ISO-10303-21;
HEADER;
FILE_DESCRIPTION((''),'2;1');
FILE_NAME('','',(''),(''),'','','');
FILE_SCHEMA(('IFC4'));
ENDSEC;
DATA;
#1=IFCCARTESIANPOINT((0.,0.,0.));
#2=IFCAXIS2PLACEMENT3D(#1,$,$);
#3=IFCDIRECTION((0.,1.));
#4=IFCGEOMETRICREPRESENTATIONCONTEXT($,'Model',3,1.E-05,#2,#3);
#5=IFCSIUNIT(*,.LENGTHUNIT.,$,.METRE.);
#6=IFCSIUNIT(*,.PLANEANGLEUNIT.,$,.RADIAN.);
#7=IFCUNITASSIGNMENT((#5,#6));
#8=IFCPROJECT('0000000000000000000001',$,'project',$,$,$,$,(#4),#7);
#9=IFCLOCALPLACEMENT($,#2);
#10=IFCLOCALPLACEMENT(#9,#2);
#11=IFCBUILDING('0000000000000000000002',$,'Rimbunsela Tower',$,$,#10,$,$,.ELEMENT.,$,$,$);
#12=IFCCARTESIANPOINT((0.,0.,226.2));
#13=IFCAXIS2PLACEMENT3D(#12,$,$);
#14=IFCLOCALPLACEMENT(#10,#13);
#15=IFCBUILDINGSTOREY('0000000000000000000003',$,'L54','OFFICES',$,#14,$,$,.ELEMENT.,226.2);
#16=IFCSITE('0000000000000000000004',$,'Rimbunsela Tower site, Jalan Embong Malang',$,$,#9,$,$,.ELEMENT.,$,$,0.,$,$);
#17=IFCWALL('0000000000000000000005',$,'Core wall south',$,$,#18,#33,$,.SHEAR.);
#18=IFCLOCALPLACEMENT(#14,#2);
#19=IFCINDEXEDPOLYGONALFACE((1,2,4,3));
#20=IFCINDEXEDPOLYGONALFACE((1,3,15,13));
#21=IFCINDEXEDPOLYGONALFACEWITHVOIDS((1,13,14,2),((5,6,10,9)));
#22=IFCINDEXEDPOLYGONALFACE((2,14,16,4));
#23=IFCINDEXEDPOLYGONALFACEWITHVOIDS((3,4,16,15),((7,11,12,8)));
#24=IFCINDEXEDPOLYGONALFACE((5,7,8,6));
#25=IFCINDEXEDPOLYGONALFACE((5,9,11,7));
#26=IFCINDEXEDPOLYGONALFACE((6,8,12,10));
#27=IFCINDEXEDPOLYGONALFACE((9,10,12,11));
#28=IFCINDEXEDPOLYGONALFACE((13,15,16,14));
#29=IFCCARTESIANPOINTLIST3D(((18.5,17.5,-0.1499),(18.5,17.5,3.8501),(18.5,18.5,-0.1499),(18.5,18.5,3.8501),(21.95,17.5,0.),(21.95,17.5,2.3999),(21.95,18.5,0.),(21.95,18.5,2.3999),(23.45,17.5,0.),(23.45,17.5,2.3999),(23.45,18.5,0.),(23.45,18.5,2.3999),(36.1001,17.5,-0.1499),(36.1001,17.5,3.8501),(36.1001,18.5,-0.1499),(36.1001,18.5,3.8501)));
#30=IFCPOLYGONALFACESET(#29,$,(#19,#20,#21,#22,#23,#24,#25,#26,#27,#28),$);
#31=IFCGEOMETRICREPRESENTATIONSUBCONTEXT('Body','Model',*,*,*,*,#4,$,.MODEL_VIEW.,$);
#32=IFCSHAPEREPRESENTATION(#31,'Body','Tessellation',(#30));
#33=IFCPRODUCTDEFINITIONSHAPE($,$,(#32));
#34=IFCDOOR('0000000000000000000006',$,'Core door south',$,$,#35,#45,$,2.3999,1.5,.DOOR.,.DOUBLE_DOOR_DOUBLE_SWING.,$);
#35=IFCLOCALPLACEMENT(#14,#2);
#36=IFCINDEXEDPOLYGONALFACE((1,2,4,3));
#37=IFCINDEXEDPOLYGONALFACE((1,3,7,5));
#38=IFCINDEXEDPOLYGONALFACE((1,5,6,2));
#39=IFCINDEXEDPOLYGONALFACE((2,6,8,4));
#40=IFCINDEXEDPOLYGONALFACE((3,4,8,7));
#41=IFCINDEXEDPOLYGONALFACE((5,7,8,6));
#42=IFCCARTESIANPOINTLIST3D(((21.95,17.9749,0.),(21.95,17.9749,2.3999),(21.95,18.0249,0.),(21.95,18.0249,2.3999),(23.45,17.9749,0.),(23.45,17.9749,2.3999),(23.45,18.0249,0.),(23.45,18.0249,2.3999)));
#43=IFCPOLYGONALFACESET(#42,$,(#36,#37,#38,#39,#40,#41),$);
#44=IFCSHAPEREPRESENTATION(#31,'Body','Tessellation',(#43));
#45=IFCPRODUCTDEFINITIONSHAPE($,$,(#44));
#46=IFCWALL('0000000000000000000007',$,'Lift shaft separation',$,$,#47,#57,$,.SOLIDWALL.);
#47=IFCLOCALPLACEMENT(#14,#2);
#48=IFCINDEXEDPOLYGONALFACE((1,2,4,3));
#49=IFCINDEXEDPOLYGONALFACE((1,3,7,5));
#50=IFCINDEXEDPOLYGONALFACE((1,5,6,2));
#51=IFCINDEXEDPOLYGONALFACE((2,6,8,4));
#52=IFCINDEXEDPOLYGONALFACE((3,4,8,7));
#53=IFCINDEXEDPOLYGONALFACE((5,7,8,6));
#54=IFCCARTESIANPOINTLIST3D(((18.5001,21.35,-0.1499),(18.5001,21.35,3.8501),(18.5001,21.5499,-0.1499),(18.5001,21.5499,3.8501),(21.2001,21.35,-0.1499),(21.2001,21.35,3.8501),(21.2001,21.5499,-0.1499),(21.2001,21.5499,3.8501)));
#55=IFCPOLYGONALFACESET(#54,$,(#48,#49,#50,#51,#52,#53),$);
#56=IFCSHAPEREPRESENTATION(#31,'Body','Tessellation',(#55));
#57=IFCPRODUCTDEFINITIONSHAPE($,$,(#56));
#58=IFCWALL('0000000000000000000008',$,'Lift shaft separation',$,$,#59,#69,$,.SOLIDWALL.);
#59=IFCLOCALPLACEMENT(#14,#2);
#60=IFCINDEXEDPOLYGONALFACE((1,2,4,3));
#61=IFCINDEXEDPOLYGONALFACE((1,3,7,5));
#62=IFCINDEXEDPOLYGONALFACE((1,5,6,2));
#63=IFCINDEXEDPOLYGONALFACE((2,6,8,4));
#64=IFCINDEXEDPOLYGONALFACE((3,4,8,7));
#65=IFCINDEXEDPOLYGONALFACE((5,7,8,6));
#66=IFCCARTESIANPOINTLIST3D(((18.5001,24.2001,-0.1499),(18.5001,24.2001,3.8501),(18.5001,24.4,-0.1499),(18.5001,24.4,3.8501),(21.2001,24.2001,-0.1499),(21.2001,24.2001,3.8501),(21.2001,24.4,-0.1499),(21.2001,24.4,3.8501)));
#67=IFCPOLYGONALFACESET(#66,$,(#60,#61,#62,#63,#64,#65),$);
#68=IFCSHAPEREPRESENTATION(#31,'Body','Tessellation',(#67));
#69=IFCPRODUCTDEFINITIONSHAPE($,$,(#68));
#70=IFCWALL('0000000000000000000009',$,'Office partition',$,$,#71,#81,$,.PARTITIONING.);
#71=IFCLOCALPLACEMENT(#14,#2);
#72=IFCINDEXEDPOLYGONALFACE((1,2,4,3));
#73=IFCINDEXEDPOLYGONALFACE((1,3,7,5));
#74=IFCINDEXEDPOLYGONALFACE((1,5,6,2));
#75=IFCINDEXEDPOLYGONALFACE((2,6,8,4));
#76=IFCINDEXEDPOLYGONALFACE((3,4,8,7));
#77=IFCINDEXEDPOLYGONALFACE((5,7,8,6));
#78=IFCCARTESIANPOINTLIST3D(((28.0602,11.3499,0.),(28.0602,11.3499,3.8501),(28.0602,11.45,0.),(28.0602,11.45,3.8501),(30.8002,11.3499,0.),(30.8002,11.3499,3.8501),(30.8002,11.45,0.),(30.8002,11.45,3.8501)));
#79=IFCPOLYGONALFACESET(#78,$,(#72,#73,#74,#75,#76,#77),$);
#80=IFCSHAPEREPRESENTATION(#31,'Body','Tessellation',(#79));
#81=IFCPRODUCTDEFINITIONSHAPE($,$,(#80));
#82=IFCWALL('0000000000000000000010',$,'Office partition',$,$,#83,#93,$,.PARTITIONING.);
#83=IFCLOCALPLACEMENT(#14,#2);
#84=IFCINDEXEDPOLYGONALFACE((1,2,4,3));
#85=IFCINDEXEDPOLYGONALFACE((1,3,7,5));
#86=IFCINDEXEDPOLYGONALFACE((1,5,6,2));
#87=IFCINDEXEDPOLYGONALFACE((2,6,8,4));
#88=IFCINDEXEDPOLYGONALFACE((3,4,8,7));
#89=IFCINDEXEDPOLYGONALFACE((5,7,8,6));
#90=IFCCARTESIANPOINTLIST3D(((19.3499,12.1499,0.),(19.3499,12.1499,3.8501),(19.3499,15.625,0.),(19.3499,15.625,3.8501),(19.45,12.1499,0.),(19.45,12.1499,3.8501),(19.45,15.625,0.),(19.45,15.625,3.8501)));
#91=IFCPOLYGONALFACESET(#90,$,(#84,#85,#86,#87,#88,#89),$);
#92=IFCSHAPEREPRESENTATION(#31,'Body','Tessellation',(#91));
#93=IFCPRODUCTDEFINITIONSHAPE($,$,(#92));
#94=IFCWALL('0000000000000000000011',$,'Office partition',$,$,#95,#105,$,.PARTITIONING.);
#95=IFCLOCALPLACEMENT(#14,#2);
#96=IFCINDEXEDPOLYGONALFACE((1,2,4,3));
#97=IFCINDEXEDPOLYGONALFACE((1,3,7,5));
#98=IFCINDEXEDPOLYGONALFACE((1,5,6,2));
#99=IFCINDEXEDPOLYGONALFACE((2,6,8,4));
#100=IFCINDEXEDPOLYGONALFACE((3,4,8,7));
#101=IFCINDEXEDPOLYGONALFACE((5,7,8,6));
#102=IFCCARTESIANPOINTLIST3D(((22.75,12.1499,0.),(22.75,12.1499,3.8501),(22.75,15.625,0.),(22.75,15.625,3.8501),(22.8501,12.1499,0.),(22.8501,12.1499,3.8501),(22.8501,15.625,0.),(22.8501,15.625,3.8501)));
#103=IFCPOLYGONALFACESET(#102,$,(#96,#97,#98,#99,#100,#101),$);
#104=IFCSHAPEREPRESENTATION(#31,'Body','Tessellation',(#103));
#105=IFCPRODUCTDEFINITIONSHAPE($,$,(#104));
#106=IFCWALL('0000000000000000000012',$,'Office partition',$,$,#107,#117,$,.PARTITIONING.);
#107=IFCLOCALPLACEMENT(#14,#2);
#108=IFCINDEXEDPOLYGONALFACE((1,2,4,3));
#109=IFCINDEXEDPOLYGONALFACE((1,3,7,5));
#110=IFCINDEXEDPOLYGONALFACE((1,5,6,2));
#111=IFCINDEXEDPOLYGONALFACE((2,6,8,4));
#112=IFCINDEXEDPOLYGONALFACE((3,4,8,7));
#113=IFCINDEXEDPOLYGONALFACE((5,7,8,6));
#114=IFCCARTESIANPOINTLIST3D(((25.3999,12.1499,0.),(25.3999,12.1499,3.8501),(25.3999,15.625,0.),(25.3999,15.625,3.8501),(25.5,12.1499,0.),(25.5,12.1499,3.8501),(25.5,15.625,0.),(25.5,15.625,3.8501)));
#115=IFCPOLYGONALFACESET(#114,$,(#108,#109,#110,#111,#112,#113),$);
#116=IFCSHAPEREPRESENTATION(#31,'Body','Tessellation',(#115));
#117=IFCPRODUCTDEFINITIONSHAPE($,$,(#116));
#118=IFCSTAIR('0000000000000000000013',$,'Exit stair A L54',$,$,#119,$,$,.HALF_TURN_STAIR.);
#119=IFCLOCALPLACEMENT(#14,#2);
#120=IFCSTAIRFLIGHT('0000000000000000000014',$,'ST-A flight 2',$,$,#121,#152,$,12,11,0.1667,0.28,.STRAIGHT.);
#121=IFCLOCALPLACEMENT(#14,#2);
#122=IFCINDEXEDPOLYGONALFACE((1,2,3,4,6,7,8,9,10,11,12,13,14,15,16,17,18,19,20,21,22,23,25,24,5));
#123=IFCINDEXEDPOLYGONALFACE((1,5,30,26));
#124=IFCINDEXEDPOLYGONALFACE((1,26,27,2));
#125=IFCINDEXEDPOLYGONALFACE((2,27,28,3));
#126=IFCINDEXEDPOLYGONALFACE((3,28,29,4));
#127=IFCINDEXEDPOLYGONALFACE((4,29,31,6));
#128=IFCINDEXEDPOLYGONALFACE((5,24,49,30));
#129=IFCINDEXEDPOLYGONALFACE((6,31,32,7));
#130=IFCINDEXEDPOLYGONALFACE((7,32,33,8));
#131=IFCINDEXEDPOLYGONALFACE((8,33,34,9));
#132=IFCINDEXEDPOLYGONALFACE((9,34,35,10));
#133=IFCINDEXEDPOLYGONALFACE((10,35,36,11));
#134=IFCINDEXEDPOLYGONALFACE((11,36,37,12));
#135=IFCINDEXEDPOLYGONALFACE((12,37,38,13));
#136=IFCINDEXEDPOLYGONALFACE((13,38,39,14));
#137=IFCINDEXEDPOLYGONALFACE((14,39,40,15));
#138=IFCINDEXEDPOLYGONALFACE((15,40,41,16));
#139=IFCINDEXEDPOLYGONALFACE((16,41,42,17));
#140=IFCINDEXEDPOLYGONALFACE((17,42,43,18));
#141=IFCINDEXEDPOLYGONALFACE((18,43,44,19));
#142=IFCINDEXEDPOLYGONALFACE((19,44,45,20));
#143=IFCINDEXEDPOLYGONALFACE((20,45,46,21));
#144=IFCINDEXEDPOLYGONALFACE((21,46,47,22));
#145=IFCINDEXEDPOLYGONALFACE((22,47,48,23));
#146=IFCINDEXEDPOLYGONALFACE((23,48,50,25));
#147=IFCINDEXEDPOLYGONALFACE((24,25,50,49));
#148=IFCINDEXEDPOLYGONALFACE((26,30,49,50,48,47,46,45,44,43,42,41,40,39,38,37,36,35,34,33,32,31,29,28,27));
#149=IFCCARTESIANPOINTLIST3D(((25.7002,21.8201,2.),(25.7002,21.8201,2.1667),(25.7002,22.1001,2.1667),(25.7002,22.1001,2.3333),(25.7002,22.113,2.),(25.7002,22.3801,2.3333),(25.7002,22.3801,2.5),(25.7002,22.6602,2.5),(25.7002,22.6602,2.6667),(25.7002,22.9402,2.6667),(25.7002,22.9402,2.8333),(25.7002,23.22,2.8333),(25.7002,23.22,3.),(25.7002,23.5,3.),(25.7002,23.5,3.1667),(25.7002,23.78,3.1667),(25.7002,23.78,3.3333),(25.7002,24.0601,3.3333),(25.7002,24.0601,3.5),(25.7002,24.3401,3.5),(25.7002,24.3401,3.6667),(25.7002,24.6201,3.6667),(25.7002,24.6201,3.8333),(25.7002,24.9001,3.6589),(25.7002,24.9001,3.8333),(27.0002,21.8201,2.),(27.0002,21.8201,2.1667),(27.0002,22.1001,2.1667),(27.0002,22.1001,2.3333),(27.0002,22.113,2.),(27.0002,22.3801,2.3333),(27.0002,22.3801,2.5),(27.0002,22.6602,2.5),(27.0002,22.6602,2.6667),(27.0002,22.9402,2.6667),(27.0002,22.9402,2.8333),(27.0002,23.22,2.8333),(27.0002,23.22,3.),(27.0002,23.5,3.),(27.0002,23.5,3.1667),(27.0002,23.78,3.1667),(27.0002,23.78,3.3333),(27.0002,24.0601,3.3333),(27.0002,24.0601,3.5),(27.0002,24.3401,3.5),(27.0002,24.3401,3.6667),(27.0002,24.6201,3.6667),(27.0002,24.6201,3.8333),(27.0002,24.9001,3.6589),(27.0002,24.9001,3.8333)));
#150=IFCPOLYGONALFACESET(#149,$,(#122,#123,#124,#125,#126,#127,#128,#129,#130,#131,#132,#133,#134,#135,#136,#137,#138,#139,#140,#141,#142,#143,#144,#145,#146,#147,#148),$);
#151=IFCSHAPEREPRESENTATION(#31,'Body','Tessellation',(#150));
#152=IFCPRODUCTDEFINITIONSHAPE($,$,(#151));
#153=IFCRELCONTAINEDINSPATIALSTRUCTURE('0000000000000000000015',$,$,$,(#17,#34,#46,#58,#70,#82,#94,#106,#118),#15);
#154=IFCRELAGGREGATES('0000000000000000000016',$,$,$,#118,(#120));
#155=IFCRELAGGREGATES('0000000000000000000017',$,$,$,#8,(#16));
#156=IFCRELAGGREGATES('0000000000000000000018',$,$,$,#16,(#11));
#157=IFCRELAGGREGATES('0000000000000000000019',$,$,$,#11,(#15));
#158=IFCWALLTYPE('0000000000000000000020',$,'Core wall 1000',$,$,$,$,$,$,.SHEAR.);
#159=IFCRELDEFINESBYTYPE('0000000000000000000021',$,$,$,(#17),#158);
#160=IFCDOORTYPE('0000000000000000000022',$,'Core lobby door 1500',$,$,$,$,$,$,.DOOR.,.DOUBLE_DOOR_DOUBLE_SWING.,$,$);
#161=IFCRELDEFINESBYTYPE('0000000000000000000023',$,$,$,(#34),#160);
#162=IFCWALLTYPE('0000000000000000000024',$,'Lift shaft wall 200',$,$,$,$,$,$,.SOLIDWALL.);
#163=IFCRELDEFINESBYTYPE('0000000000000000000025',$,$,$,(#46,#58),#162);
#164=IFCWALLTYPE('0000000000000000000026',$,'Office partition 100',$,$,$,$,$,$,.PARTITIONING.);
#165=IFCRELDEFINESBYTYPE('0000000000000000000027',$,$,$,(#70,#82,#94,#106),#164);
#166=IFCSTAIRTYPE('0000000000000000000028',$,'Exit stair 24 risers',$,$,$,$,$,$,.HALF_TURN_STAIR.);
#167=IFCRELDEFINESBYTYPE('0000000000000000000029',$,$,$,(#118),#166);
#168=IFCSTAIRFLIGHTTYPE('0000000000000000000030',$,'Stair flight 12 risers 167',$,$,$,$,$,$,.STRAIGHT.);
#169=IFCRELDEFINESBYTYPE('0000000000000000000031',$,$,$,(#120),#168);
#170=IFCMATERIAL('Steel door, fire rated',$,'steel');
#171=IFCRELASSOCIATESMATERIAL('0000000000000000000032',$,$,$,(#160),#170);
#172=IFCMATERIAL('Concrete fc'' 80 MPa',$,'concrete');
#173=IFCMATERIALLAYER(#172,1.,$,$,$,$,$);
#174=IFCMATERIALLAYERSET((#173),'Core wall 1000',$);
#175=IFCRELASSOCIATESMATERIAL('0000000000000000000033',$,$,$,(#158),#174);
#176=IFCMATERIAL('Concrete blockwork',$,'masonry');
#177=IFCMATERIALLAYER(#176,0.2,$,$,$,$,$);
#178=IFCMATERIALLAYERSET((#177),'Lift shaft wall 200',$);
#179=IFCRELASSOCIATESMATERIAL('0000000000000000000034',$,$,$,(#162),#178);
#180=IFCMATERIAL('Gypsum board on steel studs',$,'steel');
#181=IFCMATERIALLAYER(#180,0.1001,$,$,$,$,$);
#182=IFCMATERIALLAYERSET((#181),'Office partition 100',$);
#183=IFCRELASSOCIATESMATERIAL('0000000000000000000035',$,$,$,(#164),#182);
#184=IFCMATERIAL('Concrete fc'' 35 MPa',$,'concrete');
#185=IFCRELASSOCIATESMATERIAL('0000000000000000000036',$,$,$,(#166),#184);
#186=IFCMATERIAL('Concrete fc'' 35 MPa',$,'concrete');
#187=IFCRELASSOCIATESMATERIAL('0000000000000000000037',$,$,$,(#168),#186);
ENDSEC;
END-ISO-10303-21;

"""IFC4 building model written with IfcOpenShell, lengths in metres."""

from ifc_helpers import new_model, si_unit, direction, frame, frame_2d, origin, place, context, subcontext, project, spatial, polyline, rectangle, outline, extrude, material, layer, layer_set, type_object, element, fill, aggregate, save


model = new_model("IFC4")

# Units and contexts
model_context = context("Model", 3, precision=1e-05, world=origin(), true_north=direction((0.0, 1.0)))
body_context = subcontext(model_context, "Body", "Model", "MODEL_VIEW")
ifc_project = project(units=[si_unit("LENGTHUNIT", "METRE"), si_unit("PLANEANGLEUNIT", "RADIAN")], contexts=[model_context])

# Site, building, storey
site_placement = place(None, origin())
site = spatial("IfcSite", under=ifc_project, at=site_placement, Name="Rimbunsela Tower site, Jalan Embong Malang", CompositionType="ELEMENT", RefElevation=0.0)
building_placement = place(site_placement, origin())
building = spatial("IfcBuilding", under=site, at=building_placement, Name="Rimbunsela Tower", CompositionType="ELEMENT")
storey_placement = place(building_placement, frame((0.0, 0.0, 226.2)))
storey = spatial("IfcBuildingStorey", under=building, at=storey_placement, Name="L54", Description="OFFICES", CompositionType="ELEMENT", Elevation=226.2)

# Shared definitions
ifc_material_1 = material(Name="Steel door, fire rated", Category="steel")
door_type_1 = type_object("IfcDoorType", Name="Core lobby door 1500", OperationType="DOUBLE_DOOR_DOUBLE_SWING", PredefinedType="DOOR", material=ifc_material_1)

# Wall, opening, door
ifc_material_2 = material(Name="Concrete fc' 80 MPa", Category="concrete")
ifc_layer_1 = layer(ifc_material_2, 1.0)
ifc_layer_set_1 = layer_set([ifc_layer_1], Name="Core wall 1000")
wall_type_1 = type_object("IfcWallType", Name="Core wall 1000", PredefinedType="SHEAR", material=ifc_layer_set_1)
wall_1_placement = place(storey_placement, frame((18.5, 18.0, -0.1499), z_axis=(0.0, 0.0, 1.0), x_axis=(1.0, 0.0, 0.0)))
wall_1 = element("IfcWall", 1, at=wall_1_placement, inside=storey, type_object=wall_type_1, Name="Core wall south", PredefinedType="SHEAR", context=body_context, shape_type="SweptSolid", body=[
    extrude(rectangle(XDim=17.6001, YDim=1.0, at=frame_2d((8.8, 0.0))), origin(), (0.0, 0.0, 1.0), 4.0),
])
opening_1_placement = place(wall_1_placement, frame((3.45, 0.0, 0.1499)))
opening_1 = element("IfcOpeningElement", 2, at=opening_1_placement, cuts=wall_1, PredefinedType="OPENING", context=body_context, shape_type="SweptSolid", body=[
    extrude(rectangle(XDim=1.5, YDim=2.3999, at=frame_2d((0.75, 1.2))), frame((0.0, 0.51, 0.0), z_axis=(0.0, -1.0, 0.0), x_axis=(1.0, 0.0, 0.0)), (0.0, 0.0, 1.0), 1.02),
])
door_1_placement = place(opening_1_placement, origin())
door_1 = element("IfcDoor", 3, at=door_1_placement, inside=storey, type_object=door_type_1, Name="Core door south", OperationType="DOUBLE_DOOR_DOUBLE_SWING", OverallHeight=2.3999, OverallWidth=1.5, PredefinedType="DOOR", context=body_context, shape_type="SweptSolid", body=[
    extrude(rectangle(XDim=1.5, YDim=2.3999, at=frame_2d((0.75, 1.2))), frame((0.0, 0.0249, 0.0), z_axis=(0.0, -1.0, 0.0), x_axis=(1.0, 0.0, 0.0)), (0.0, 0.0, 1.0), 0.05),
])
fill(opening_1, door_1)

# Walls
ifc_material_3 = material(Name="Concrete blockwork", Category="masonry")
ifc_layer_2 = layer(ifc_material_3, 0.2)
ifc_layer_set_2 = layer_set([ifc_layer_2], Name="Lift shaft wall 200")
wall_type_2 = type_object("IfcWallType", Name="Lift shaft wall 200", PredefinedType="SOLIDWALL", material=ifc_layer_set_2)
for number, where, z_axis, x_axis, name in (
    (4, (18.5, 21.45, -0.1499), (0.0, 0.0, 1.0), (1.0, 0.0, 0.0), "Lift shaft separation"),
    (5, (18.5, 24.3, -0.1499), (0.0, 0.0, 1.0), (1.0, 0.0, 0.0), "Lift shaft separation"),
):
    element("IfcWall", number, at=place(storey_placement, frame(where, z_axis=z_axis, x_axis=x_axis)), inside=storey, type_object=wall_type_2, Name=name, PredefinedType="SOLIDWALL", context=body_context, shape_type="SweptSolid", body=[
        extrude(rectangle(XDim=2.7, YDim=0.2, at=frame_2d((1.3501, 0.0))), origin(), (0.0, 0.0, 1.0), 4.0),
    ])
ifc_material_4 = material(Name="Gypsum board on steel studs", Category="steel")
ifc_layer_3 = layer(ifc_material_4, 0.1001)
ifc_layer_set_3 = layer_set([ifc_layer_3], Name="Office partition 100")
wall_type_3 = type_object("IfcWallType", Name="Office partition 100", PredefinedType="PARTITIONING", material=ifc_layer_set_3)
wall_2_placement = place(storey_placement, frame((28.0601, 11.3999, 0.0), z_axis=(0.0, 0.0, 1.0), x_axis=(1.0, 0.0, 0.0)))
element("IfcWall", 6, at=wall_2_placement, inside=storey, type_object=wall_type_3, Name="Office partition", PredefinedType="PARTITIONING", context=body_context, shape_type="SweptSolid", body=[
    extrude(rectangle(XDim=2.74, YDim=0.1001, at=frame_2d((1.3701, 0.0))), origin(), (0.0, 0.0, 1.0), 3.8501),
])
for number, where, z_axis, x_axis, name in (
    (7, (19.3999, 12.1499, 0.0), (0.0, 0.0, 1.0), (0.0, 1.0, 0.0), "Office partition"),
    (8, (22.8, 12.1499, 0.0), (0.0, 0.0, 1.0), (0.0, 1.0, 0.0), "Office partition"),
    (9, (25.45, 12.1499, 0.0), (0.0, 0.0, 1.0), (0.0, 1.0, 0.0), "Office partition"),
):
    element("IfcWall", number, at=place(storey_placement, frame(where, z_axis=z_axis, x_axis=x_axis)), inside=storey, type_object=wall_type_3, Name=name, PredefinedType="PARTITIONING", context=body_context, shape_type="SweptSolid", body=[
        extrude(rectangle(XDim=3.4751, YDim=0.1001, at=frame_2d((1.7375, 0.0))), origin(), (0.0, 0.0, 1.0), 3.8501),
    ])

# Stair, stair flight
ifc_material_5 = material(Name="Concrete fc' 35 MPa", Category="concrete")
stair_type = type_object("IfcStairType", Name="Exit stair 24 risers", PredefinedType="HALF_TURN_STAIR", material=ifc_material_5)
stair_placement = place(storey_placement, origin())
stair = element("IfcStair", 10, at=stair_placement, inside=storey, type_object=stair_type, Name="Exit stair A L54", PredefinedType="HALF_TURN_STAIR")
ifc_material_6 = material(Name="Concrete fc' 35 MPa", Category="concrete")
stair_flight_type = type_object("IfcStairFlightType", Name="Stair flight 12 risers 167", PredefinedType="STRAIGHT", material=ifc_material_6)
stair_flight_placement = place(storey_placement, frame((26.3501, 21.8201, 2.0), z_axis=(0.0, 0.0, 1.0), x_axis=(0.0, 1.0, 0.0)))
stair_flight = element("IfcStairFlight", 11, at=stair_flight_placement, type_object=stair_flight_type, Name="ST-A flight 2", NumberOfRisers=12, NumberOfTreads=11, PredefinedType="STRAIGHT", RiserHeight=0.1667, TreadLength=0.28, context=body_context, shape_type="SweptSolid", body=[
    extrude(outline(polyline([(0.0, 0.0), (0.0, 0.1667), (0.28, 0.1667), (0.28, 0.3333), (0.5601, 0.3333), (0.5601, 0.5), (0.8401, 0.5), (0.8401, 0.6667), (1.1201, 0.6667), (1.1201, 0.8333), (1.3999, 0.8333), (1.3999, 1.0), (1.6799, 1.0), (1.6799, 1.1667), (1.96, 1.1667), (1.96, 1.3333), (2.24, 1.3333), (2.24, 1.5), (2.52, 1.5), (2.52, 1.6667), (2.8, 1.6667), (2.8, 1.8333), (3.0801, 1.8333), (3.0801, 2.0), (3.0801, 1.6589), (0.293, 0.0), (0.0, 0.0)])), frame((0.0, 0.6499, 0.0), z_axis=(0.0, -1.0, 0.0), x_axis=(1.0, 0.0, 0.0)), (0.0, 0.0, 1.0), 1.3),
])
aggregate(stair, [stair_flight])

save(model, "model.ifc")
